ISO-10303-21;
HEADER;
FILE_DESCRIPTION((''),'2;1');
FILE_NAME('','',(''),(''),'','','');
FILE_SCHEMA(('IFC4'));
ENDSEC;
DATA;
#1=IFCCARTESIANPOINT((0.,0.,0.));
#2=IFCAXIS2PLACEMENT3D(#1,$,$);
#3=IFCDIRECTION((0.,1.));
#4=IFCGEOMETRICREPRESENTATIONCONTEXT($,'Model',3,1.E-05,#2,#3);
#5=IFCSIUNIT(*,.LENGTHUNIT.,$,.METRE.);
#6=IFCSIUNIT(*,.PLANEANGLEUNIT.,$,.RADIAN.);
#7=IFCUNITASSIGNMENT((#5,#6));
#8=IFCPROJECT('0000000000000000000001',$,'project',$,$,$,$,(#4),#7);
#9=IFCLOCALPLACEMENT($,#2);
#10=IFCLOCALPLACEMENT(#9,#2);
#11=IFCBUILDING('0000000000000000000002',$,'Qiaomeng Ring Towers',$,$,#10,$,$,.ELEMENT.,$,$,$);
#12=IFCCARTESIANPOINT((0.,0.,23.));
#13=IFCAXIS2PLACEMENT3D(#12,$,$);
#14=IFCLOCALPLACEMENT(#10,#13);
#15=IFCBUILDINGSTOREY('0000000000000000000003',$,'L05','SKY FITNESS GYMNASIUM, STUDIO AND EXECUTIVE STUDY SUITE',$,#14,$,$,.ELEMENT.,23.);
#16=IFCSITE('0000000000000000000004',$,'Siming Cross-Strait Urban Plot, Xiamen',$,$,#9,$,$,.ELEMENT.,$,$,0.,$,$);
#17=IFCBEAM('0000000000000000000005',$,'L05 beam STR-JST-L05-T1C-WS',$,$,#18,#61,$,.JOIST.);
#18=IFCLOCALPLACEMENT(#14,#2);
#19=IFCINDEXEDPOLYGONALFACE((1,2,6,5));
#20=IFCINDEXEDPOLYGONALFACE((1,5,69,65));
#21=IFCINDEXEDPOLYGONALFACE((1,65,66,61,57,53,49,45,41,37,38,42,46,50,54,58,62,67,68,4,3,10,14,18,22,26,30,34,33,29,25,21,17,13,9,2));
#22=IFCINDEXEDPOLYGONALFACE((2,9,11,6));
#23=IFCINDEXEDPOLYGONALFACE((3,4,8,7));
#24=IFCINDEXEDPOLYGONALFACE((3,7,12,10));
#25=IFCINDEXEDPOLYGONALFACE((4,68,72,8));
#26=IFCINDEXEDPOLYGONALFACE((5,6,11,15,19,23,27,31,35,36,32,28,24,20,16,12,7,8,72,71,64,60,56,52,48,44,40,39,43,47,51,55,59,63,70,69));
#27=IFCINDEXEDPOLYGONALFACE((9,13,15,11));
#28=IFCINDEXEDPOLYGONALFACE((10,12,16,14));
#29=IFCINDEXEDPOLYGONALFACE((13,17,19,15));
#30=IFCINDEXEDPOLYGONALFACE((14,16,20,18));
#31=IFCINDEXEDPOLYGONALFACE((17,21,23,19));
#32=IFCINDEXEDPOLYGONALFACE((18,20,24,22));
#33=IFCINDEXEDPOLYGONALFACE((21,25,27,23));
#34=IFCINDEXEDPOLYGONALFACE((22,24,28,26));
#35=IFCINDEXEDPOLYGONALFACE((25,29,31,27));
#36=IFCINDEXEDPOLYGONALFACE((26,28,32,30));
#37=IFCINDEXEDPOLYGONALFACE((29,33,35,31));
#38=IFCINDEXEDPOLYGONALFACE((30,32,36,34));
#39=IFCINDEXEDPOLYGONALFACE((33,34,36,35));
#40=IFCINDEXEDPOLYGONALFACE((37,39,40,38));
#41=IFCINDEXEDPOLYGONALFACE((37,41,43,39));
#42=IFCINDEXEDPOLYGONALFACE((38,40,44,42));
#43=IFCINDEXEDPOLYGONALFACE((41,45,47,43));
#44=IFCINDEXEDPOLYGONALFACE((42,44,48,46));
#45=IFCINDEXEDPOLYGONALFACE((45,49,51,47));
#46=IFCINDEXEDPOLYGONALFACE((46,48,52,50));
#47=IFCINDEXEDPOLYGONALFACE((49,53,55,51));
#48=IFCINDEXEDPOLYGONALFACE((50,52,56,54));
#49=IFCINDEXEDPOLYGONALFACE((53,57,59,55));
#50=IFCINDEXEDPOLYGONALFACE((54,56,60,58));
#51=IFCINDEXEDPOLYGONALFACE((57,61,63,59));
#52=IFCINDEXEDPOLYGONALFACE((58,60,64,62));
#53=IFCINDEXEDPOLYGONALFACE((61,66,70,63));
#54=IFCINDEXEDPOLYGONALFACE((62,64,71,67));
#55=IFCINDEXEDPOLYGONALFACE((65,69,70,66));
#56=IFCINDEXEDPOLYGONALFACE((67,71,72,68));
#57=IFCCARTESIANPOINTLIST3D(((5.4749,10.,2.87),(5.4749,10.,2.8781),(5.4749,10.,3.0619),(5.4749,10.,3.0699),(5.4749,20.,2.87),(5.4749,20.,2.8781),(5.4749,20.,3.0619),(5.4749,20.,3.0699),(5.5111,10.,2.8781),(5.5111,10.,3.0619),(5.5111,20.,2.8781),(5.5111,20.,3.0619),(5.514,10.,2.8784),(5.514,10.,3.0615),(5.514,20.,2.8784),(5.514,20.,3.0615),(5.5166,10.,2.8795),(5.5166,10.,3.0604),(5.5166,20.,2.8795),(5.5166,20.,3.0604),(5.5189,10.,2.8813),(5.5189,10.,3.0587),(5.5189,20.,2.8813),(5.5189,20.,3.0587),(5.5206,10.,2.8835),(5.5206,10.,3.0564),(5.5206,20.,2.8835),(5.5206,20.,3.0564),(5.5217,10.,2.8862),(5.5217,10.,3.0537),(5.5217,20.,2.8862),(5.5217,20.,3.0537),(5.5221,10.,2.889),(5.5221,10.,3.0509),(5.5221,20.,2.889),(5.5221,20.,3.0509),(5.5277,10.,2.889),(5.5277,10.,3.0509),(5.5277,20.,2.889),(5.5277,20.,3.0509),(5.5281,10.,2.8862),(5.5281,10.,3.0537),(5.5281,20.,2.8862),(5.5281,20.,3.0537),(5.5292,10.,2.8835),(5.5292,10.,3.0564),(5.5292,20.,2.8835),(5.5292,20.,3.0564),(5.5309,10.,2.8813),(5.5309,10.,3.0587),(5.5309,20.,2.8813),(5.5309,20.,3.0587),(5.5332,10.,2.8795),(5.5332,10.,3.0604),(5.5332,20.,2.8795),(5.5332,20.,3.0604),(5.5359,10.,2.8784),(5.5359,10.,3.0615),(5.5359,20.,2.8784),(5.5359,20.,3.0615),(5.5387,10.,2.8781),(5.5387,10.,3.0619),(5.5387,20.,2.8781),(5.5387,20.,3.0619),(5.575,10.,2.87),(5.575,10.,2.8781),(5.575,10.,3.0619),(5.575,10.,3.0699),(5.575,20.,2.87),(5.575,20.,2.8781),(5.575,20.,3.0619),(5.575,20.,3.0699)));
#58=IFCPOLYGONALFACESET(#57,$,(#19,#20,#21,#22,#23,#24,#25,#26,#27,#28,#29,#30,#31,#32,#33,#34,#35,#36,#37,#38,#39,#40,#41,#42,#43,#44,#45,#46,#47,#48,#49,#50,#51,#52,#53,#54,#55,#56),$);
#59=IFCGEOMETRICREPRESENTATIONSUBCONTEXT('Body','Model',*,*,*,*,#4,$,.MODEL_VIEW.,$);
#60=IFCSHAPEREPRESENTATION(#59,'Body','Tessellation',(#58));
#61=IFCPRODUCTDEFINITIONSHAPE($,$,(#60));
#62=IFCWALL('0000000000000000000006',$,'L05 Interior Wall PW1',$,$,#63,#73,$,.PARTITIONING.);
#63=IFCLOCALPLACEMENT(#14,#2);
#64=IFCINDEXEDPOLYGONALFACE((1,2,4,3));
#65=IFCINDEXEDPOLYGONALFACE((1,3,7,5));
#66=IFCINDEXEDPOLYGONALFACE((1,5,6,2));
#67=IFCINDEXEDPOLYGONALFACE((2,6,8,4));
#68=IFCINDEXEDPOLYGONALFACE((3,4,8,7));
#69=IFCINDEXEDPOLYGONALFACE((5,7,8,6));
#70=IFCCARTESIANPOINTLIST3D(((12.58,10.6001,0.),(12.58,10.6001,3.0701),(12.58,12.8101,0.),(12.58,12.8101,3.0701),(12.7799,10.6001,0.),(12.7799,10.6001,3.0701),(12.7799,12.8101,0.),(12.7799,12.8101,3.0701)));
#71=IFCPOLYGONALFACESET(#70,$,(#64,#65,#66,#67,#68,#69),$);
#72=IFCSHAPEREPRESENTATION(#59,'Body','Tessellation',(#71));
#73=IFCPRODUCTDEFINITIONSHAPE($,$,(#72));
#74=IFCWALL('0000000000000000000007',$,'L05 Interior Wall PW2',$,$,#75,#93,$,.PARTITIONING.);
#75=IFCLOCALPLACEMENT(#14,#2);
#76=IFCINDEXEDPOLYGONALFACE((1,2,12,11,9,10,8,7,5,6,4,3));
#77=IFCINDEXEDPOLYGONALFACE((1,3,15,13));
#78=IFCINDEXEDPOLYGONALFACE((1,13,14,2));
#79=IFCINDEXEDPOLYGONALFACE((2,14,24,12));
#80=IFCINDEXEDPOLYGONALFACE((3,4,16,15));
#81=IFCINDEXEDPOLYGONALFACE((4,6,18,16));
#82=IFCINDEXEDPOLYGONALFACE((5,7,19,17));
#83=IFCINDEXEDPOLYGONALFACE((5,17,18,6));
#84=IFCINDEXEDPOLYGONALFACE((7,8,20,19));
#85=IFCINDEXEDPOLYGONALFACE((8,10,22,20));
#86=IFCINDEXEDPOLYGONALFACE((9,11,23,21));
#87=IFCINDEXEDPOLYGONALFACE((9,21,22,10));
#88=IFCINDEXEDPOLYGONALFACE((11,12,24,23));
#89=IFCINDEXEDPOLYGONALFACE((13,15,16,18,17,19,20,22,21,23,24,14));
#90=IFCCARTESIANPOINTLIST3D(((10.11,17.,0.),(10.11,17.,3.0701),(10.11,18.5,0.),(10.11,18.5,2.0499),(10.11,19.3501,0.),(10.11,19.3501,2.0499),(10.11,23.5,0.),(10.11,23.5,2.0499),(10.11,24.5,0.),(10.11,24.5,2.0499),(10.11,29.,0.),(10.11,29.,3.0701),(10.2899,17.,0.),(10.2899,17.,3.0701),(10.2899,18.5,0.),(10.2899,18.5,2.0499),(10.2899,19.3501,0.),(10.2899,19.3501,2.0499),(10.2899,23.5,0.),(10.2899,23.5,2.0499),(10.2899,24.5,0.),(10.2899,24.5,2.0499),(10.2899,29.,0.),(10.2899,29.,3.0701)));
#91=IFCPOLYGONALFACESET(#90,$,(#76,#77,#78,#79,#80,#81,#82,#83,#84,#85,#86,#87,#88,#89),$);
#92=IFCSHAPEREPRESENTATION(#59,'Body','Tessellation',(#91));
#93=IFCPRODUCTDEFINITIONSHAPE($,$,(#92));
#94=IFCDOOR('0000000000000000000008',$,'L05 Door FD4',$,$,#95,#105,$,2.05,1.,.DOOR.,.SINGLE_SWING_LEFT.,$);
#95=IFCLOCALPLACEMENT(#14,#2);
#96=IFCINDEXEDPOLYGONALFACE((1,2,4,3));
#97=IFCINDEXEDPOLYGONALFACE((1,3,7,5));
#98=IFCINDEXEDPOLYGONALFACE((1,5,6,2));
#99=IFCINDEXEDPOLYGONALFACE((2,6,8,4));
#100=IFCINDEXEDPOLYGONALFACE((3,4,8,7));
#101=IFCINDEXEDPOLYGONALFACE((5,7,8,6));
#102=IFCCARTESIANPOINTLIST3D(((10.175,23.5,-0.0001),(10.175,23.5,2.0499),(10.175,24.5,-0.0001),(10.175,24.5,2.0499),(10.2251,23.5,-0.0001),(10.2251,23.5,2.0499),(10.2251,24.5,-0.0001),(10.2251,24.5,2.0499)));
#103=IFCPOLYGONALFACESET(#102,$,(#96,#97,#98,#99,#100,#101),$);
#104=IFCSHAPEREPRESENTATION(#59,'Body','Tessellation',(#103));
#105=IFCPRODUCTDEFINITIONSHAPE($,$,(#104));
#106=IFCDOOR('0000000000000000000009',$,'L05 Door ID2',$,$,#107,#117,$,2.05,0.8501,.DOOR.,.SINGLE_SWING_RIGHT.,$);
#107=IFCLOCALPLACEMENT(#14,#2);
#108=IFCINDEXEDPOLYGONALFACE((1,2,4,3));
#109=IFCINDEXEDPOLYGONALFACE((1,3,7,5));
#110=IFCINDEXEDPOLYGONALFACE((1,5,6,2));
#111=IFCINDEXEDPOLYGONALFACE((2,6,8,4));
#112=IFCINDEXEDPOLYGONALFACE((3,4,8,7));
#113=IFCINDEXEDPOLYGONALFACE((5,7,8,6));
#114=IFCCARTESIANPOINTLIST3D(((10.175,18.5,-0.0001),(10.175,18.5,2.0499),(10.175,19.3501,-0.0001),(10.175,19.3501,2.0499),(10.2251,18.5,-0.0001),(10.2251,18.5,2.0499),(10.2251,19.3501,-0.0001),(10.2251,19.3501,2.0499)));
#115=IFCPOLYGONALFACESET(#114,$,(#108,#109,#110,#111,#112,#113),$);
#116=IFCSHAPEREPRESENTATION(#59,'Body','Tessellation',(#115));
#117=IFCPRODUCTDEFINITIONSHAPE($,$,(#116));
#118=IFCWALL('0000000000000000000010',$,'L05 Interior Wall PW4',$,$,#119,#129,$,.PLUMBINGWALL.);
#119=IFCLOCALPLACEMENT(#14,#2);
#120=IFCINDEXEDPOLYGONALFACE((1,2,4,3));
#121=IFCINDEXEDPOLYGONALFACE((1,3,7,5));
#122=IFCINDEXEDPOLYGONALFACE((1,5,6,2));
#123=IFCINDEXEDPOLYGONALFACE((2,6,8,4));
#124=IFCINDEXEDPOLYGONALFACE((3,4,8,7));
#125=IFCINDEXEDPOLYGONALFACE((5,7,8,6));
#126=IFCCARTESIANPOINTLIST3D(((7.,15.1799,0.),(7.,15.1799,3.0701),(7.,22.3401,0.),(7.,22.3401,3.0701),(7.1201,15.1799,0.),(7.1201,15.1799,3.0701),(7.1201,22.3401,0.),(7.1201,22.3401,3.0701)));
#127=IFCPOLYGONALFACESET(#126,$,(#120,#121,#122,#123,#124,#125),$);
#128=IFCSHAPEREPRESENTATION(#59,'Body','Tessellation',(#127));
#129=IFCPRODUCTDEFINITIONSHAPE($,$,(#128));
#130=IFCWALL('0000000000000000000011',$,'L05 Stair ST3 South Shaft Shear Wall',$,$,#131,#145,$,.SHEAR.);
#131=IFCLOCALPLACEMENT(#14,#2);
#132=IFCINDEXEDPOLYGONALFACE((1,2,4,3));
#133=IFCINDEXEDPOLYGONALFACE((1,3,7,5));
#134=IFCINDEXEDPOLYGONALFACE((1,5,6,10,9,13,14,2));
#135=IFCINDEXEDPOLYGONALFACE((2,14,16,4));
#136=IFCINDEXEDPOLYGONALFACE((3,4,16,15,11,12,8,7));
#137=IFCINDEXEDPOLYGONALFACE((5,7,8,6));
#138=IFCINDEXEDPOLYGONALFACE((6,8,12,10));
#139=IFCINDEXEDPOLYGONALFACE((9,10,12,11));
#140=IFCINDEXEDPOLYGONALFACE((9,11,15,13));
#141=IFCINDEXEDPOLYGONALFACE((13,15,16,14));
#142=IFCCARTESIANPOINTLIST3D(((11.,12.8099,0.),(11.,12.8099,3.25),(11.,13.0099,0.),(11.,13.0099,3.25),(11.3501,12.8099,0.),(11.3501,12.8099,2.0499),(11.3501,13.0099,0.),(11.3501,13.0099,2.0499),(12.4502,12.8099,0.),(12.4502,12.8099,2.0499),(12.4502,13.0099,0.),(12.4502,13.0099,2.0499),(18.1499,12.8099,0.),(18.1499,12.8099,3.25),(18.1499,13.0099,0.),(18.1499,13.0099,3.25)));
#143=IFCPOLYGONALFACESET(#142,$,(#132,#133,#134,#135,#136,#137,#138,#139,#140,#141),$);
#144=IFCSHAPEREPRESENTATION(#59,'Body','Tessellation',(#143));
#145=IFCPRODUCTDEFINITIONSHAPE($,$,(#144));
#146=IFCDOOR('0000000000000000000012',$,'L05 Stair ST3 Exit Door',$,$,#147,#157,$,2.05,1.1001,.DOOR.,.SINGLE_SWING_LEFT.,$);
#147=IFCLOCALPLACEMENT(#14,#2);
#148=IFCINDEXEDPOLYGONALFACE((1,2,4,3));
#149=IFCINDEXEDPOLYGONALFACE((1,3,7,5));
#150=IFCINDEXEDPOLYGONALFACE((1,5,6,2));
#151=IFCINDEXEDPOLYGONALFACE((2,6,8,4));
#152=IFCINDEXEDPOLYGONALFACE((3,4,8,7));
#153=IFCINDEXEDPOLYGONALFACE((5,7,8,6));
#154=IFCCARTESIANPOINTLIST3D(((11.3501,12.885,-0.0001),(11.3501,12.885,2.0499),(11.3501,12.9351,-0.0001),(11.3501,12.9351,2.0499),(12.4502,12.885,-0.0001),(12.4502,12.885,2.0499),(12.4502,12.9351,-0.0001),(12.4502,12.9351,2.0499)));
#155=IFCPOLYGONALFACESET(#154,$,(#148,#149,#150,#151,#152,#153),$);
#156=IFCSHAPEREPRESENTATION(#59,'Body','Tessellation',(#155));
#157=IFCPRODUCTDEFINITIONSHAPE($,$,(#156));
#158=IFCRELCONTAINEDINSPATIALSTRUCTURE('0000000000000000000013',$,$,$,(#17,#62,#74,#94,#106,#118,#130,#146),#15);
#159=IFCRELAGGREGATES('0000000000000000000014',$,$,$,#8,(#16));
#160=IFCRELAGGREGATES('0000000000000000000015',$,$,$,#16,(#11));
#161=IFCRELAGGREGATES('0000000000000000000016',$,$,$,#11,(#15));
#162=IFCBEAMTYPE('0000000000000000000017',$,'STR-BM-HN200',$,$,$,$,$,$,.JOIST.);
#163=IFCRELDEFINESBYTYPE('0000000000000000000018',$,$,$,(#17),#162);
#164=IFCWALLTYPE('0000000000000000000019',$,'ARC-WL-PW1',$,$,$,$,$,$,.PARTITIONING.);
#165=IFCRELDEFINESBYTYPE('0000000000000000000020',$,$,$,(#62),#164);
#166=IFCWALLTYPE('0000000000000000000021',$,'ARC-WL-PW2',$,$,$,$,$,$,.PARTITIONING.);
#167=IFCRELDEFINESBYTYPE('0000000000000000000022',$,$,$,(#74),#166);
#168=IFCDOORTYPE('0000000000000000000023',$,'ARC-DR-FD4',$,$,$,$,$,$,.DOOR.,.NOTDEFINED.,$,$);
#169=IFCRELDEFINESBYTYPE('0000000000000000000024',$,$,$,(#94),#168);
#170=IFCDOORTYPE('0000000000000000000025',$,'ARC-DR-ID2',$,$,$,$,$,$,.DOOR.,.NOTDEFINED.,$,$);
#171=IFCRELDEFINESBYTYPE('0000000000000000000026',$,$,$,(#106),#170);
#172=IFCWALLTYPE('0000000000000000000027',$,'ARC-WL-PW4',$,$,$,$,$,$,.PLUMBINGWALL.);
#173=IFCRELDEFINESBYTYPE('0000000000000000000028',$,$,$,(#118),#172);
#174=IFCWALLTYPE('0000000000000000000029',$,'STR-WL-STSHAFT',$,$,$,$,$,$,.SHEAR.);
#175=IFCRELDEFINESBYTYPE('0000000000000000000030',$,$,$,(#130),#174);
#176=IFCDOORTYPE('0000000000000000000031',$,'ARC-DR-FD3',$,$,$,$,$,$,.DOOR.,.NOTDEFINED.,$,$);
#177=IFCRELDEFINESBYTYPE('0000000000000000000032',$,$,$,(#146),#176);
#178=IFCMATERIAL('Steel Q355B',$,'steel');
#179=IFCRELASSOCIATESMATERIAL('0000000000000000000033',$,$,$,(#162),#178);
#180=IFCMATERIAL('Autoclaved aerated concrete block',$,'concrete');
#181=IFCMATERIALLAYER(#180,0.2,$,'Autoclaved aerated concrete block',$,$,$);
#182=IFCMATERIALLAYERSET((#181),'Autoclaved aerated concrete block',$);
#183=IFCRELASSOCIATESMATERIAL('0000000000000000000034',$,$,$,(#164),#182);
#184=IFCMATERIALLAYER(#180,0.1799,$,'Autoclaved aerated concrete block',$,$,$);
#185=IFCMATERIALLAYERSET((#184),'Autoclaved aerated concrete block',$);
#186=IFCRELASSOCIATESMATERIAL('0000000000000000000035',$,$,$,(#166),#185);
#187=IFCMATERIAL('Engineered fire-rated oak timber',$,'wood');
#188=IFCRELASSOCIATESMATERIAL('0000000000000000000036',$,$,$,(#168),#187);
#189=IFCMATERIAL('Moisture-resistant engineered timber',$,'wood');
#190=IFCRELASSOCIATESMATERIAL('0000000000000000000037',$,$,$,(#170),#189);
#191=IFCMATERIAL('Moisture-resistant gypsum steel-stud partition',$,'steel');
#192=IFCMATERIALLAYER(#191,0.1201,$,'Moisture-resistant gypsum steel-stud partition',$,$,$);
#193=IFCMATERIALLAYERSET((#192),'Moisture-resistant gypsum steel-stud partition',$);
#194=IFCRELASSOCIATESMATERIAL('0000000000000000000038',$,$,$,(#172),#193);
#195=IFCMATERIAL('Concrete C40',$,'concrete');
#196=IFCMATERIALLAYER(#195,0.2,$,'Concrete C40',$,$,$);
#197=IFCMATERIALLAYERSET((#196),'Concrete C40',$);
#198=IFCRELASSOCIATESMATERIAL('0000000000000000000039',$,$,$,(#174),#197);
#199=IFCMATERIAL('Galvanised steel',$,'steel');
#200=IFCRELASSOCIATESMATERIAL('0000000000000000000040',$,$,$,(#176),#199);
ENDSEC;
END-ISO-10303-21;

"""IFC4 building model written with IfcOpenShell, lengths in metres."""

from ifc_helpers import new_model, si_unit, direction, frame, frame_2d, origin, origin_2d, place, context, subcontext, project, spatial, rectangle, i_section, extrude, source, transform, mapped, material, layer, layer_set, material_profile, profile_set, type_object, element, fill, save


model = new_model("IFC4")

# Units and contexts
model_context = context("Model", 3, precision=1e-05, world=origin(), true_north=direction((0.0, 1.0)))
body_context = subcontext(model_context, "Body", "Model", "MODEL_VIEW")
ifc_project = project(units=[si_unit("LENGTHUNIT", "METRE"), si_unit("PLANEANGLEUNIT", "RADIAN")], contexts=[model_context])

# Site, building, storey
site_placement = place(None, origin())
site = spatial("IfcSite", under=ifc_project, at=site_placement, Name="Siming Cross-Strait Urban Plot, Xiamen", CompositionType="ELEMENT", RefElevation=0.0)
building_placement = place(site_placement, origin())
building = spatial("IfcBuilding", under=site, at=building_placement, Name="Qiaomeng Ring Towers", CompositionType="ELEMENT")
storey_placement = place(building_placement, frame((0.0, 0.0, 23.0)))
storey = spatial("IfcBuildingStorey", under=building, at=storey_placement, Name="L05", Description="SKY FITNESS GYMNASIUM, STUDIO AND EXECUTIVE STUDY SUITE", CompositionType="ELEMENT", Elevation=23.0)

# Beam
ifc_material_1 = material(Name="Steel Q355B", Category="steel")
ifc_material_profile = material_profile(ifc_material_1, i_section(OverallWidth=0.1001, OverallDepth=0.2, WebThickness=0.0056, FlangeThickness=0.0081, FilletRadius=0.011, at=origin_2d()), Name="HN 200x100x5.5x8")
ifc_profile_set = profile_set([ifc_material_profile], Name="Steel Q355B")
beam_type = type_object("IfcBeamType", Name="STR-BM-HN200", PredefinedType="JOIST", material=ifc_profile_set)
shared_shape_1 = source(origin(), body_context, "Body", "SweptSolid", [
    extrude(i_section(OverallWidth=0.1001, OverallDepth=0.2, WebThickness=0.0056, FlangeThickness=0.0081, FilletRadius=0.011, at=origin_2d()), origin(), (0.0, 0.0, 1.0), 10.0),
])
beam_placement = place(storey_placement, frame((5.5249, 10.0, 2.97), z_axis=(0.0, 1.0, 0.0), x_axis=(-1.0, 0.0, 0.0)))
element("IfcBeam", 1, at=beam_placement, inside=storey, type_object=beam_type, Name="L05 beam STR-JST-L05-T1C-WS", PredefinedType="JOIST", context=body_context, shape_type="MappedRepresentation", body=[
    mapped(shared_shape_1, transform((0.0, 0.0, 0.0), x_axis=(1.0, 0.0, 0.0), y_axis=(0.0, 1.0, 0.0), z_axis=(0.0, 0.0, 1.0), scale=1.0)),
])

# Wall
ifc_material_2 = material(Name="Autoclaved aerated concrete block", Category="concrete")
ifc_layer_1 = layer(ifc_material_2, 0.2, Name="Autoclaved aerated concrete block")
ifc_layer_set_1 = layer_set([ifc_layer_1], Name="Autoclaved aerated concrete block")
wall_type_1 = type_object("IfcWallType", Name="ARC-WL-PW1", PredefinedType="PARTITIONING", material=ifc_layer_set_1)
wall_1_placement = place(storey_placement, frame((12.6799, 10.6001, 0.0), z_axis=(0.0, 0.0, 1.0), x_axis=(0.0, 1.0, 0.0)))
element("IfcWall", 2, at=wall_1_placement, inside=storey, type_object=wall_type_1, Name="L05 Interior Wall PW1", PredefinedType="PARTITIONING", context=body_context, shape_type="SweptSolid", body=[
    extrude(rectangle(XDim=2.21, YDim=0.2, at=frame_2d((1.105, 0.0))), origin(), (0.0, 0.0, 1.0), 3.0701),
])

# Wall, openings, doors
ifc_layer_2 = layer(ifc_material_2, 0.1799, Name="Autoclaved aerated concrete block")
ifc_layer_set_2 = layer_set([ifc_layer_2], Name="Autoclaved aerated concrete block")
wall_type_2 = type_object("IfcWallType", Name="ARC-WL-PW2", PredefinedType="PARTITIONING", material=ifc_layer_set_2)
wall_2_placement = place(storey_placement, frame((10.2, 17.0, 0.0), z_axis=(0.0, 0.0, 1.0), x_axis=(0.0, 1.0, 0.0)))
wall_2 = element("IfcWall", 3, at=wall_2_placement, inside=storey, type_object=wall_type_2, Name="L05 Interior Wall PW2", PredefinedType="PARTITIONING", context=body_context, shape_type="SweptSolid", body=[
    extrude(rectangle(XDim=12.0, YDim=0.1799, at=frame_2d((6.0, 0.0))), origin(), (0.0, 0.0, 1.0), 3.0701),
])
opening_1_placement = place(wall_2_placement, frame((1.5, 0.0, 0.0)))
opening_1 = element("IfcOpeningElement", 4, at=opening_1_placement, cuts=wall_2, PredefinedType="OPENING", context=body_context, shape_type="SweptSolid", body=[
    extrude(rectangle(XDim=0.8501, YDim=2.05, at=frame_2d((0.425, 1.0249))), frame((0.0, 0.0999, 0.0), z_axis=(0.0, -1.0, 0.0), x_axis=(1.0, 0.0, 0.0)), (0.0, 0.0, 1.0), 0.2),
])
opening_2_placement = place(wall_2_placement, frame((6.5, 0.0, 0.0)))
opening_2 = element("IfcOpeningElement", 5, at=opening_2_placement, cuts=wall_2, PredefinedType="OPENING", context=body_context, shape_type="SweptSolid", body=[
    extrude(rectangle(XDim=1.0, YDim=2.05, at=frame_2d((0.5, 1.0249))), frame((0.0, 0.0999, 0.0), z_axis=(0.0, -1.0, 0.0), x_axis=(1.0, 0.0, 0.0)), (0.0, 0.0, 1.0), 0.2),
])
ifc_material_3 = material(Name="Engineered fire-rated oak timber", Category="wood")
door_type_1 = type_object("IfcDoorType", Name="ARC-DR-FD4", OperationType="NOTDEFINED", PredefinedType="DOOR", material=ifc_material_3)
shared_shape_2 = source(origin(), body_context, "Body", "SweptSolid", [
    extrude(rectangle(XDim=1.0, YDim=2.05, at=frame_2d((0.5, 1.0249))), frame((0.0, 0.0249, 0.0), z_axis=(0.0, -1.0, 0.0), x_axis=(1.0, 0.0, 0.0)), (0.0, 0.0, 1.0), 0.05),
])
door_1_placement = place(opening_2_placement, origin())
door_1 = element("IfcDoor", 6, at=door_1_placement, inside=storey, type_object=door_type_1, Name="L05 Door FD4", OperationType="SINGLE_SWING_LEFT", OverallHeight=2.05, OverallWidth=1.0, PredefinedType="DOOR", context=body_context, shape_type="MappedRepresentation", body=[
    mapped(shared_shape_2, transform((0.0, 0.0, 0.0), x_axis=(1.0, 0.0, 0.0), y_axis=(0.0, 1.0, 0.0), z_axis=(0.0, 0.0, 1.0), scale=1.0)),
])
fill(opening_2, door_1)
ifc_material_4 = material(Name="Moisture-resistant engineered timber", Category="wood")
door_type_2 = type_object("IfcDoorType", Name="ARC-DR-ID2", OperationType="NOTDEFINED", PredefinedType="DOOR", material=ifc_material_4)
shared_shape_3 = source(origin(), body_context, "Body", "SweptSolid", [
    extrude(rectangle(XDim=0.8501, YDim=2.05, at=frame_2d((0.425, 1.0249))), frame((0.0, 0.0249, 0.0), z_axis=(0.0, -1.0, 0.0), x_axis=(1.0, 0.0, 0.0)), (0.0, 0.0, 1.0), 0.05),
])
door_2_placement = place(opening_1_placement, origin())
door_2 = element("IfcDoor", 7, at=door_2_placement, inside=storey, type_object=door_type_2, Name="L05 Door ID2", OperationType="SINGLE_SWING_RIGHT", OverallHeight=2.05, OverallWidth=0.8501, PredefinedType="DOOR", context=body_context, shape_type="MappedRepresentation", body=[
    mapped(shared_shape_3, transform((0.0, 0.0, 0.0), x_axis=(1.0, 0.0, 0.0), y_axis=(0.0, 1.0, 0.0), z_axis=(0.0, 0.0, 1.0), scale=1.0)),
])
fill(opening_1, door_2)

# Wall
ifc_material_5 = material(Name="Moisture-resistant gypsum steel-stud partition", Category="steel")
ifc_layer_3 = layer(ifc_material_5, 0.1201, Name="Moisture-resistant gypsum steel-stud partition")
ifc_layer_set_3 = layer_set([ifc_layer_3], Name="Moisture-resistant gypsum steel-stud partition")
wall_type_3 = type_object("IfcWallType", Name="ARC-WL-PW4", PredefinedType="PLUMBINGWALL", material=ifc_layer_set_3)
wall_3_placement = place(storey_placement, frame((7.0601, 15.1799, 0.0), z_axis=(0.0, 0.0, 1.0), x_axis=(0.0, 1.0, 0.0)))
element("IfcWall", 8, at=wall_3_placement, inside=storey, type_object=wall_type_3, Name="L05 Interior Wall PW4", PredefinedType="PLUMBINGWALL", context=body_context, shape_type="SweptSolid", body=[
    extrude(rectangle(XDim=7.1602, YDim=0.1201, at=frame_2d((3.5801, 0.0))), origin(), (0.0, 0.0, 1.0), 3.0701),
])

# Wall, opening, door
ifc_material_6 = material(Name="Concrete C40", Category="concrete")
ifc_layer_4 = layer(ifc_material_6, 0.2, Name="Concrete C40")
ifc_layer_set_4 = layer_set([ifc_layer_4], Name="Concrete C40")
wall_type_4 = type_object("IfcWallType", Name="STR-WL-STSHAFT", PredefinedType="SHEAR", material=ifc_layer_set_4)
wall_4_placement = place(storey_placement, frame((11.0, 12.9099, 0.0), z_axis=(0.0, 0.0, 1.0), x_axis=(1.0, 0.0, 0.0)))
wall_4 = element("IfcWall", 9, at=wall_4_placement, inside=storey, type_object=wall_type_4, Name="L05 Stair ST3 South Shaft Shear Wall", PredefinedType="SHEAR", context=body_context, shape_type="SweptSolid", body=[
    extrude(rectangle(XDim=7.1499, YDim=0.2, at=frame_2d((3.575, 0.0))), origin(), (0.0, 0.0, 1.0), 3.25),
])
opening_3_placement = place(wall_4_placement, frame((0.3501, 0.0, 0.0)))
opening_3 = element("IfcOpeningElement", 10, at=opening_3_placement, cuts=wall_4, PredefinedType="OPENING", context=body_context, shape_type="SweptSolid", body=[
    extrude(rectangle(XDim=1.1001, YDim=2.05, at=frame_2d((0.55, 1.0249))), frame((0.0, 0.1099, 0.0), z_axis=(0.0, -1.0, 0.0), x_axis=(1.0, 0.0, 0.0)), (0.0, 0.0, 1.0), 0.22),
])
ifc_material_7 = material(Name="Galvanised steel", Category="steel")
door_type_3 = type_object("IfcDoorType", Name="ARC-DR-FD3", OperationType="NOTDEFINED", PredefinedType="DOOR", material=ifc_material_7)
shared_shape_4 = source(origin(), body_context, "Body", "SweptSolid", [
    extrude(rectangle(XDim=1.1001, YDim=2.05, at=frame_2d((0.55, 1.0249))), frame((0.0, 0.0249, 0.0), z_axis=(0.0, -1.0, 0.0), x_axis=(1.0, 0.0, 0.0)), (0.0, 0.0, 1.0), 0.05),
])
door_3_placement = place(opening_3_placement, frame((1.1001, 0.0, 0.0), z_axis=(0.0, 0.0, 1.0), x_axis=(-1.0, 0.0, 0.0)))
door_3 = element("IfcDoor", 11, at=door_3_placement, inside=storey, type_object=door_type_3, Name="L05 Stair ST3 Exit Door", OperationType="SINGLE_SWING_LEFT", OverallHeight=2.05, OverallWidth=1.1001, PredefinedType="DOOR", context=body_context, shape_type="MappedRepresentation", body=[
    mapped(shared_shape_4, transform((0.0, 0.0, 0.0), x_axis=(1.0, 0.0, 0.0), y_axis=(0.0, 1.0, 0.0), z_axis=(0.0, 0.0, 1.0), scale=1.0)),
])
fill(opening_3, door_3)

save(model, "model.ifc")
